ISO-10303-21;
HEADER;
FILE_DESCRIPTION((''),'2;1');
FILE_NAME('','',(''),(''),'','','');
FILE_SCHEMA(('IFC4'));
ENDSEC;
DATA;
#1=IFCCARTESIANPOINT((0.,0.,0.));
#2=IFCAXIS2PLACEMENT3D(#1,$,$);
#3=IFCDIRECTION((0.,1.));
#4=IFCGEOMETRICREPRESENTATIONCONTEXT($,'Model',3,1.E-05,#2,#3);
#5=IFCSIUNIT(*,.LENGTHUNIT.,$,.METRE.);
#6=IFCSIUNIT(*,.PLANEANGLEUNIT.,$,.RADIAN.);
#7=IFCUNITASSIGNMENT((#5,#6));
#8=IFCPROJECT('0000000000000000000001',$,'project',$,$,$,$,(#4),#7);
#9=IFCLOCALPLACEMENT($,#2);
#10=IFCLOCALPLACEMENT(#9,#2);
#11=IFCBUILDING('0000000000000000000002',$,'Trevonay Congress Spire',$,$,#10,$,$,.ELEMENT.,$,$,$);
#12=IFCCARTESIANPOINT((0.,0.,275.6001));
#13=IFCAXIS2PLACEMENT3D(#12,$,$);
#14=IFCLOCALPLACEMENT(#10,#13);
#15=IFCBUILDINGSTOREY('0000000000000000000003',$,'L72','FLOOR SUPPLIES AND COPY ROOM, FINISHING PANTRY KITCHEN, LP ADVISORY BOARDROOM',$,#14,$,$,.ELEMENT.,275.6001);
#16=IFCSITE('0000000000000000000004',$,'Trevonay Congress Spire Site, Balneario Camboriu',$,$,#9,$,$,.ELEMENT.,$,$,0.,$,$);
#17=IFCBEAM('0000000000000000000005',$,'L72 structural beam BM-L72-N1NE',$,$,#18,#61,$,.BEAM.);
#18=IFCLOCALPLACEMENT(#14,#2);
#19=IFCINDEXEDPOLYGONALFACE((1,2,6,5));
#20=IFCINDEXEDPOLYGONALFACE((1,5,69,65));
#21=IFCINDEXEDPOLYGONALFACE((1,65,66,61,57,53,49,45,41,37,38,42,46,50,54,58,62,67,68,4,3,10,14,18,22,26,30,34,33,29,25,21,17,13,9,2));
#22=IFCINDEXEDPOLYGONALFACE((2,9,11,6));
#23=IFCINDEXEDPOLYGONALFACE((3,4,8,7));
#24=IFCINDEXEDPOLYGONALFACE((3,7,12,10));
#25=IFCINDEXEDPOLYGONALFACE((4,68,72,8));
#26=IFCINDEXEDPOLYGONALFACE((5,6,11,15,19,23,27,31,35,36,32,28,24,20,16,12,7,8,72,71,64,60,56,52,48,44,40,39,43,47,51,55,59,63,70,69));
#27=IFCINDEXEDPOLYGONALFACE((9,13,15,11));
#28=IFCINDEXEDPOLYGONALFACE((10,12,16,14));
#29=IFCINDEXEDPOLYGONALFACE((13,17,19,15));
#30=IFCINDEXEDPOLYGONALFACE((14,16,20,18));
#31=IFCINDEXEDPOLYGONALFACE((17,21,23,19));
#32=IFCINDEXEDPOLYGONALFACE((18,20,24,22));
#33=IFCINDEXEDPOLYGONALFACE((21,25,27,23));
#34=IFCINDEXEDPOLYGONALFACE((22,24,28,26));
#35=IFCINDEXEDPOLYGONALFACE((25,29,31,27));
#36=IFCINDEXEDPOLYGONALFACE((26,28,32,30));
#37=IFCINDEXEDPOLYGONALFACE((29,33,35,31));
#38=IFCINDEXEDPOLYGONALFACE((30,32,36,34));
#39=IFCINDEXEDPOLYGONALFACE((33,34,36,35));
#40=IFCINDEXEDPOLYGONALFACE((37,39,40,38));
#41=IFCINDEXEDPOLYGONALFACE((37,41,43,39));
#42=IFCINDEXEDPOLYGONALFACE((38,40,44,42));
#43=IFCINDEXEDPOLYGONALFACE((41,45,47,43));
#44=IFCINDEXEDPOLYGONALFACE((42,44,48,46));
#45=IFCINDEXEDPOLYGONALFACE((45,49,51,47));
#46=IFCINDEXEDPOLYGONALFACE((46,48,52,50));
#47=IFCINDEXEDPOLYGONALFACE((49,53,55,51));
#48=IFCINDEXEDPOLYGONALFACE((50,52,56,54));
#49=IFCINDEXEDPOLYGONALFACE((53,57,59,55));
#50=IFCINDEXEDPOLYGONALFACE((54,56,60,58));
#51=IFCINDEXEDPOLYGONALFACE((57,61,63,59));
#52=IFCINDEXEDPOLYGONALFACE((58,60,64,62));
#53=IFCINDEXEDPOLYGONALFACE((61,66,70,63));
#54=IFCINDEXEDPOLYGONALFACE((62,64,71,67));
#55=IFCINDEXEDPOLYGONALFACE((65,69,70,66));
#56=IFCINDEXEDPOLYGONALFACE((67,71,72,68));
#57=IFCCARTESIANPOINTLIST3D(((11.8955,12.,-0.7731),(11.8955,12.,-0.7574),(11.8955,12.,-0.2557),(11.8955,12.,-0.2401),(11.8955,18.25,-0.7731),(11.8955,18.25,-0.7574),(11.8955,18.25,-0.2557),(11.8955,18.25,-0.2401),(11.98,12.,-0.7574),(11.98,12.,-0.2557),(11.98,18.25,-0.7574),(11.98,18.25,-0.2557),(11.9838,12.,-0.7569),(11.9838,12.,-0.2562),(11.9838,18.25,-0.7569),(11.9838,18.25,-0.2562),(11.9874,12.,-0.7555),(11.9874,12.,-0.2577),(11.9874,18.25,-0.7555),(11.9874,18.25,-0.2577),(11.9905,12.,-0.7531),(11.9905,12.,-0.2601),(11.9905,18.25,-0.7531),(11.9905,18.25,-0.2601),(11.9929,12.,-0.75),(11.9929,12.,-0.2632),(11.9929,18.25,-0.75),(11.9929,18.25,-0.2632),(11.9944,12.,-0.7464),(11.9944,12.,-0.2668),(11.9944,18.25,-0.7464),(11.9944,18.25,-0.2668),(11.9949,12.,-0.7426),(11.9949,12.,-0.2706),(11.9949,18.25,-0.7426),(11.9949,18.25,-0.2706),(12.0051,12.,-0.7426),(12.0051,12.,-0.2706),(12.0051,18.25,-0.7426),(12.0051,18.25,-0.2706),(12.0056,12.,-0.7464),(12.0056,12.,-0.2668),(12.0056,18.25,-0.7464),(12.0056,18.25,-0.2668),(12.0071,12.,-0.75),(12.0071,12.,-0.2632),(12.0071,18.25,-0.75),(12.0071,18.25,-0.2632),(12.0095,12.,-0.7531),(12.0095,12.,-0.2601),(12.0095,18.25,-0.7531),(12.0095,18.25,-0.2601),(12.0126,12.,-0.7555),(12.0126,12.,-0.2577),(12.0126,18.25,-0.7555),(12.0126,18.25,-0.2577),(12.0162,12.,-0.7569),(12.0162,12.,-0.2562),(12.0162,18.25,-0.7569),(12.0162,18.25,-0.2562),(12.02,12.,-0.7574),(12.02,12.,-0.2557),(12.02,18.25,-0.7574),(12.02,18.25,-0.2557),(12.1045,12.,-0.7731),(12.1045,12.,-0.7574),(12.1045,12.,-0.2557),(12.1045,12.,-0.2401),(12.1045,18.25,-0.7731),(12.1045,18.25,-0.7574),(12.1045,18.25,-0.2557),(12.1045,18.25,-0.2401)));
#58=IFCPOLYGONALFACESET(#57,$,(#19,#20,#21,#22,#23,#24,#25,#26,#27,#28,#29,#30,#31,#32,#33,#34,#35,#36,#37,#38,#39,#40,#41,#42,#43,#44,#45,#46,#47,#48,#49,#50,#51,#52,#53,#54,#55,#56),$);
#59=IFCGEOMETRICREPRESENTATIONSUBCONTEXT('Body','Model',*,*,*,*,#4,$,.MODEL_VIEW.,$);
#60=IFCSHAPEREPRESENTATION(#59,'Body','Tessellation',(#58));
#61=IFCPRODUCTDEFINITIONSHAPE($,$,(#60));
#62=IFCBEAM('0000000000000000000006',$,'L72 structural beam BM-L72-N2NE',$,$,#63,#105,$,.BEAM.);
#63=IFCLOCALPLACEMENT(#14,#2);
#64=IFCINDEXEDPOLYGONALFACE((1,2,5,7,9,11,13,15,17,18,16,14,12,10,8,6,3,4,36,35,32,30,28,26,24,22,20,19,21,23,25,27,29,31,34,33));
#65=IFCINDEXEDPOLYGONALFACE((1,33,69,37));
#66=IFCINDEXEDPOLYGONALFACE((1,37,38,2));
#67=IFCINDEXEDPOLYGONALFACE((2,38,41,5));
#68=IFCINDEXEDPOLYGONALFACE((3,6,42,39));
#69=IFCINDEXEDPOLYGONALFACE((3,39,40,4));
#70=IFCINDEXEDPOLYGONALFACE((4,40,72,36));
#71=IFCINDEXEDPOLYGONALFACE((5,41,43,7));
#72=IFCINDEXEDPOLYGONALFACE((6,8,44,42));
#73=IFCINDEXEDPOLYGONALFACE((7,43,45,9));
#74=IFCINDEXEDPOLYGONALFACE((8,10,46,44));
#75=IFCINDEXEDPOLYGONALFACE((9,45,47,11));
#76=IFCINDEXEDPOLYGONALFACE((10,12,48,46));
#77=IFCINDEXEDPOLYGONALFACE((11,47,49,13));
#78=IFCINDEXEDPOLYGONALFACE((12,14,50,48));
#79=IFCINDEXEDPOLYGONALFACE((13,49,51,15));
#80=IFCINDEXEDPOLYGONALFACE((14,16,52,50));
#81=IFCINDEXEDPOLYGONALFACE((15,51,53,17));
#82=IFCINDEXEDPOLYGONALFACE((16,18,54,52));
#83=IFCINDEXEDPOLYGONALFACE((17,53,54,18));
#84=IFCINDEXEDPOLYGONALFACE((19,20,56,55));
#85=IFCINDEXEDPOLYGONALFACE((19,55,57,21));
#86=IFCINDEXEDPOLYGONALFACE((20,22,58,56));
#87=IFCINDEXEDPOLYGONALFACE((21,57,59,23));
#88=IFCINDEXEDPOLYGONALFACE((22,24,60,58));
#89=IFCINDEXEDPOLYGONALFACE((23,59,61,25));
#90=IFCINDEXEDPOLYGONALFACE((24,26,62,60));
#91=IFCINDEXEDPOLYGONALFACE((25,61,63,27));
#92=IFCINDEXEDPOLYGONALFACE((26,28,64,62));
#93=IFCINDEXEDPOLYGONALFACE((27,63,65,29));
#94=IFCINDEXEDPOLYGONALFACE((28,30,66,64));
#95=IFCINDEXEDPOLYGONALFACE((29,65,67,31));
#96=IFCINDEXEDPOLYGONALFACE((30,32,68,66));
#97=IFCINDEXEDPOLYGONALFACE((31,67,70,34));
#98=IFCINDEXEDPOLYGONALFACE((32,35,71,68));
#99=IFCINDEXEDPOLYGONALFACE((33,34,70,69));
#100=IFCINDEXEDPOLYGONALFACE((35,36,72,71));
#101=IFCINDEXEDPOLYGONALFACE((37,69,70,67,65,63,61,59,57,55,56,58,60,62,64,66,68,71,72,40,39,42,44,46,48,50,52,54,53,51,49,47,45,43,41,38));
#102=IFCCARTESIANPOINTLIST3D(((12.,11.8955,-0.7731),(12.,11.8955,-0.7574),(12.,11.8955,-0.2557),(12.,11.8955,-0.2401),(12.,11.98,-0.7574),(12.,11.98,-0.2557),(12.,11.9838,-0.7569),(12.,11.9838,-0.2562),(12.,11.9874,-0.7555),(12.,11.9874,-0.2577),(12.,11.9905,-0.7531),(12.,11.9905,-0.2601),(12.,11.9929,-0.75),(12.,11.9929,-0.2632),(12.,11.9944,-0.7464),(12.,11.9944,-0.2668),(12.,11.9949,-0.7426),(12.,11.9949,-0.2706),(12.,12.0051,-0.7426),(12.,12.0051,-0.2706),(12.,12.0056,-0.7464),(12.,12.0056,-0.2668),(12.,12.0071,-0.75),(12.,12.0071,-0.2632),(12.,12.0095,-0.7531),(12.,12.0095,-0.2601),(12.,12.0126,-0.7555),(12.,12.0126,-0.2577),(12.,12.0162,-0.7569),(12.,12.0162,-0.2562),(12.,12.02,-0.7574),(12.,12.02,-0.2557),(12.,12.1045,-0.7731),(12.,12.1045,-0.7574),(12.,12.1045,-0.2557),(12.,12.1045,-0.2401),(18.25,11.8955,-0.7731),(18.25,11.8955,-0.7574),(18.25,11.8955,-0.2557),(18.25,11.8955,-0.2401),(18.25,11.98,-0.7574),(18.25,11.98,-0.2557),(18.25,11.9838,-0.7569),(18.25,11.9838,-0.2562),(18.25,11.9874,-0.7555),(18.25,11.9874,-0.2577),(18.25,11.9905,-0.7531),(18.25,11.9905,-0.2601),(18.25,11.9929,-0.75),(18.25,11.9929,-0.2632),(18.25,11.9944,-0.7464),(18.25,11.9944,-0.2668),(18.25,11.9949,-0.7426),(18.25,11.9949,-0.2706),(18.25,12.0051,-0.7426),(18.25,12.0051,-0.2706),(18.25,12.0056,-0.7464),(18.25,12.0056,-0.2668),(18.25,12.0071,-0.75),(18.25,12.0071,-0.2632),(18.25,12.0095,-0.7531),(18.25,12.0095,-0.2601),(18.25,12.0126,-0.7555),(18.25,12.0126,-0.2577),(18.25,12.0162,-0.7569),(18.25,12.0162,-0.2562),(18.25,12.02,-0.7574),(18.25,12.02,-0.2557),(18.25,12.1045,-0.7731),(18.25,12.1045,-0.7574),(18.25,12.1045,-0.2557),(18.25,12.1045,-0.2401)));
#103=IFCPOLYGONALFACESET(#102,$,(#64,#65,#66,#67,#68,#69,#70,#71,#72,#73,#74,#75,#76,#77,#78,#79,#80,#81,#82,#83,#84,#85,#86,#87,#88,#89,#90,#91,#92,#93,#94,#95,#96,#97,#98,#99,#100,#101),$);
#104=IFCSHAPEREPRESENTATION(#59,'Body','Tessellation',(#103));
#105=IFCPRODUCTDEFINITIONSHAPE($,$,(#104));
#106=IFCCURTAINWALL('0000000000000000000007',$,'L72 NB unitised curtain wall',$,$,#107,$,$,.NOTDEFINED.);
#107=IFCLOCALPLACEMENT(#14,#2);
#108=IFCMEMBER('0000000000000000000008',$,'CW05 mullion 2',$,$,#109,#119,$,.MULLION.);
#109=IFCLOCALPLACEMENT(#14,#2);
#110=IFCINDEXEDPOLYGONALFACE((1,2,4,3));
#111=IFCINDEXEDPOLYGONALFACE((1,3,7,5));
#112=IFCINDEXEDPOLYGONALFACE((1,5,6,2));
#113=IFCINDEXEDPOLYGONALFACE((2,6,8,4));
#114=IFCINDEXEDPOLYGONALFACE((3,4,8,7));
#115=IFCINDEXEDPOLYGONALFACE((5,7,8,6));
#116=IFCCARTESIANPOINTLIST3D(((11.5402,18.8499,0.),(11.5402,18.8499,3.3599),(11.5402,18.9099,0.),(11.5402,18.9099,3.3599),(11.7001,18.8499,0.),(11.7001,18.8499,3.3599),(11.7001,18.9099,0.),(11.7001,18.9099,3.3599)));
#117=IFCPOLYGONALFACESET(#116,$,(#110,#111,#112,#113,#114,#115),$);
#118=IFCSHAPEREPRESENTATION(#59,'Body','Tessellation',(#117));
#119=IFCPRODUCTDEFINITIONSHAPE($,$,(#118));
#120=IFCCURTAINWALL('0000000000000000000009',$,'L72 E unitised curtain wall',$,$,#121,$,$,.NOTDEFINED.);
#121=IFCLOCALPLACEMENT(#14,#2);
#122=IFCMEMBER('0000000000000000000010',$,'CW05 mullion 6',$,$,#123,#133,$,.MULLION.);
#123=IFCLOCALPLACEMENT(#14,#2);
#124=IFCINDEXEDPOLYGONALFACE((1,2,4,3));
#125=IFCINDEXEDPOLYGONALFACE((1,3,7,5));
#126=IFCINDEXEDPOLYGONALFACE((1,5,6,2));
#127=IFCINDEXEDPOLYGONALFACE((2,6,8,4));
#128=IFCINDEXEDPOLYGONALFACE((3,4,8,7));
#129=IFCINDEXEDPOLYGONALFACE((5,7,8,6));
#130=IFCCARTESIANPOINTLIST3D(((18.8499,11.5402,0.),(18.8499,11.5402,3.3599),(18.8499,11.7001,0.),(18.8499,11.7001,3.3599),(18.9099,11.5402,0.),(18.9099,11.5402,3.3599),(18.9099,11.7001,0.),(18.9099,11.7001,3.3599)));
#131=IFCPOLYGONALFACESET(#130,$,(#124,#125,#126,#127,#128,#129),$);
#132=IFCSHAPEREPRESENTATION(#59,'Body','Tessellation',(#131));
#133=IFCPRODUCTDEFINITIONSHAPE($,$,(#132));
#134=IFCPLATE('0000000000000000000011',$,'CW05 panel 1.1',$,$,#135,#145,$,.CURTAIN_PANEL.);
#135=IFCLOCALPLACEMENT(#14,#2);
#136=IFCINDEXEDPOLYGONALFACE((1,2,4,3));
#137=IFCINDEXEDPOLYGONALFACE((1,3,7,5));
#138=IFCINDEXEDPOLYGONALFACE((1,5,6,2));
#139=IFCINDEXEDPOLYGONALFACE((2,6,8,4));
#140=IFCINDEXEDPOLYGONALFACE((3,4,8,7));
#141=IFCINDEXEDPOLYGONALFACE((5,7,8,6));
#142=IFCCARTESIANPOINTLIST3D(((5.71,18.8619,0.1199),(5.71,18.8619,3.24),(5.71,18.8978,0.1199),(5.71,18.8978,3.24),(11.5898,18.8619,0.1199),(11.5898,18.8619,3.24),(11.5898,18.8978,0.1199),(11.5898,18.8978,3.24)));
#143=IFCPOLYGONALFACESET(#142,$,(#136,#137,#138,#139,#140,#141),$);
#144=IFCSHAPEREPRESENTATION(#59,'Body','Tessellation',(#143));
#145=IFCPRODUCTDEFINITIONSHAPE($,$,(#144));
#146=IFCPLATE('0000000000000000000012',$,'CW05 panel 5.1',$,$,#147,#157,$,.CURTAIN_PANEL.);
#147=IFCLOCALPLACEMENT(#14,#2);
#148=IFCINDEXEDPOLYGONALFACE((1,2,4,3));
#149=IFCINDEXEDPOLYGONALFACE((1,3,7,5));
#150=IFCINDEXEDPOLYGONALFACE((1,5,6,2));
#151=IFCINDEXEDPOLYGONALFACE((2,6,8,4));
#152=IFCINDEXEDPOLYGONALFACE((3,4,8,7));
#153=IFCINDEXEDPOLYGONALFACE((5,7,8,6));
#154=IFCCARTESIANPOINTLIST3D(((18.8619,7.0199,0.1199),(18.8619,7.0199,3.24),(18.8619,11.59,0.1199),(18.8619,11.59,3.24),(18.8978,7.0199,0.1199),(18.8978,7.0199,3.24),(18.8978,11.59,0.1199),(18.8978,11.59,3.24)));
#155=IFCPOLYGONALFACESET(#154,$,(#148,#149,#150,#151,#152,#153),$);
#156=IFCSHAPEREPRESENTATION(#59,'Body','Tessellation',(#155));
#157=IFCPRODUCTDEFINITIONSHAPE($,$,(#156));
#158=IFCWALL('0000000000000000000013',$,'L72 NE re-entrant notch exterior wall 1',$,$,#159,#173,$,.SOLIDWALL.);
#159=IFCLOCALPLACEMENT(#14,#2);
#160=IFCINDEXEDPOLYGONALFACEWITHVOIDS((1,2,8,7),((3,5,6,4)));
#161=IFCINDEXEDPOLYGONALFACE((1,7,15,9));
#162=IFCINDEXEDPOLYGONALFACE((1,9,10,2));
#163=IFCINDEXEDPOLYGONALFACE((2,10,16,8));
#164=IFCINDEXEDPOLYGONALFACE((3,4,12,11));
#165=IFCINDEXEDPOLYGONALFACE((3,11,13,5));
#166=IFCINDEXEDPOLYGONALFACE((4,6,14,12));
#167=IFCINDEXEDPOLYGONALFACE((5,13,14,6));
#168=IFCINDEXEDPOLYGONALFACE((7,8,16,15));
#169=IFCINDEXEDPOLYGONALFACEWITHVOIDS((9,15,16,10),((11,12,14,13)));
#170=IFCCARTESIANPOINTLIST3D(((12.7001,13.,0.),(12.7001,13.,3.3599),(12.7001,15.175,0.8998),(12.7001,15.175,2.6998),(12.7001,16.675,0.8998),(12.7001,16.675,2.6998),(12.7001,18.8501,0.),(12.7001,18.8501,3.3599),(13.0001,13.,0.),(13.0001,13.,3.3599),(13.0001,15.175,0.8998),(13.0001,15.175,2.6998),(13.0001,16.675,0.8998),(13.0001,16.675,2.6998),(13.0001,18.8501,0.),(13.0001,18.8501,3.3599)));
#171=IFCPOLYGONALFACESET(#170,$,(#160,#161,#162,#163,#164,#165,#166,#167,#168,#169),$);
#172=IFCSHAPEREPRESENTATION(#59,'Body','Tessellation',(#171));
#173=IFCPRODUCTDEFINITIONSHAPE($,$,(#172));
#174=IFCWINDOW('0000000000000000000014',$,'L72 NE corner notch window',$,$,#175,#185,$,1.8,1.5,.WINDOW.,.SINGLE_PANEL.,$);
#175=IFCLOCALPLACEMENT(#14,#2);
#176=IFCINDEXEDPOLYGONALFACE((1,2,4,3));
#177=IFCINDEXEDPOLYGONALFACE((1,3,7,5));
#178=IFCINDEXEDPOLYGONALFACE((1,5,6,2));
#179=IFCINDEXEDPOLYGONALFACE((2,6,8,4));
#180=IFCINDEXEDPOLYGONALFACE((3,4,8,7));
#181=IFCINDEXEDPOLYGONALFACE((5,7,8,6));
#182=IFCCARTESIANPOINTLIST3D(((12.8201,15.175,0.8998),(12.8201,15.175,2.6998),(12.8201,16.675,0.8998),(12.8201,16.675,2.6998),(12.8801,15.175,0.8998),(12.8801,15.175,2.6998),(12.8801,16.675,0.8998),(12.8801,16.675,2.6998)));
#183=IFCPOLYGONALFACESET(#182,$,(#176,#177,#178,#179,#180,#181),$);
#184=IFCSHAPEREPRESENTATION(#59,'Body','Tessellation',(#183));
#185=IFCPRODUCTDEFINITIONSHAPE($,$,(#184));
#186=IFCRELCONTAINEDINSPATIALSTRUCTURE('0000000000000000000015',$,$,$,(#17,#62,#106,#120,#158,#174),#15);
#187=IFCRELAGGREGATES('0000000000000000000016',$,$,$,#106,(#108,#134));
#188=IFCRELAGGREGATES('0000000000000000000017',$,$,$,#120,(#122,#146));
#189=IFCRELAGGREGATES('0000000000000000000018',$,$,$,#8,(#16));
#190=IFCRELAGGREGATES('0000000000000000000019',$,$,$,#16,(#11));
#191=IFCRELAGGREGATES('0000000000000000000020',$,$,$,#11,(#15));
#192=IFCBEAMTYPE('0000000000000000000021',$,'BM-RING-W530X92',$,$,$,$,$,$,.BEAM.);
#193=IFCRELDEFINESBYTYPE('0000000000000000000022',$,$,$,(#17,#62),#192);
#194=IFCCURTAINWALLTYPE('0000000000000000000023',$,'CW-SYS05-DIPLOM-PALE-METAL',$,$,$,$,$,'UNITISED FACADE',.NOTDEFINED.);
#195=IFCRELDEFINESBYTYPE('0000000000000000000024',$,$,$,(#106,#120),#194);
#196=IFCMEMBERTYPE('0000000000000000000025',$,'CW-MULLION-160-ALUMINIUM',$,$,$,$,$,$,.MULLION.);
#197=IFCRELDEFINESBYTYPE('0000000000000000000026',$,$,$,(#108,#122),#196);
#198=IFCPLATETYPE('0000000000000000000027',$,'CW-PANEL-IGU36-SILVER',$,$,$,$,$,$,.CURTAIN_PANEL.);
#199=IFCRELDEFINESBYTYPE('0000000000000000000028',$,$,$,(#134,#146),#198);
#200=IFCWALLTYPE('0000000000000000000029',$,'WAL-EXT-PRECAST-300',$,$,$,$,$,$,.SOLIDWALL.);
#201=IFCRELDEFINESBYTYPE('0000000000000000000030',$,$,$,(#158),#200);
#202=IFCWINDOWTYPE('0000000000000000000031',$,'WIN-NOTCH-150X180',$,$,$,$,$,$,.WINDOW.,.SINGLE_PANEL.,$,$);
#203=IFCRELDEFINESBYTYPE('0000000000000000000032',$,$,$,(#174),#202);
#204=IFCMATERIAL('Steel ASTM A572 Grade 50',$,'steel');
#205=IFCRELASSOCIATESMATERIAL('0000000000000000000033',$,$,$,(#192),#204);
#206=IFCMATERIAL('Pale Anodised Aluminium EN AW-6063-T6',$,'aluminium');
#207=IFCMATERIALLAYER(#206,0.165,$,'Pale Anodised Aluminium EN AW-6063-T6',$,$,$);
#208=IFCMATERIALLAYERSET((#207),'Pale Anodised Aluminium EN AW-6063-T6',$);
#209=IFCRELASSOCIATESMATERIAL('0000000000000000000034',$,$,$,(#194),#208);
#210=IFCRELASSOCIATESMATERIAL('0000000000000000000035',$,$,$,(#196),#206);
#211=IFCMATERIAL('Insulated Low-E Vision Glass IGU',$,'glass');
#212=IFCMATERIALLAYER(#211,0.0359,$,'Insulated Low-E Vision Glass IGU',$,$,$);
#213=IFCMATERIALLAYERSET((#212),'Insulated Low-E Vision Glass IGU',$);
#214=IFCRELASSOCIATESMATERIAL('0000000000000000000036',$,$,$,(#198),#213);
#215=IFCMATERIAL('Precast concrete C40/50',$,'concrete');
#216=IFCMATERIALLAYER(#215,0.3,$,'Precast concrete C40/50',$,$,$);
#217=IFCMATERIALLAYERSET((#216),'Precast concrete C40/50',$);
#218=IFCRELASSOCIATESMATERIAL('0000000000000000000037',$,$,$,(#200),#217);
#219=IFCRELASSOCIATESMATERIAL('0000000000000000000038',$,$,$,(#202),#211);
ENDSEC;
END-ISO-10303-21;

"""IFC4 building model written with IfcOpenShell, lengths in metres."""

from ifc_helpers import new_model, si_unit, direction, frame, frame_2d, origin, origin_2d, place, context, subcontext, project, spatial, rectangle, i_section, extrude, material, layer, layer_set, material_profile, profile_set, type_object, element, fill, aggregate, save


model = new_model("IFC4")

# Units and contexts
model_context = context("Model", 3, precision=1e-05, world=origin(), true_north=direction((0.0, 1.0)))
body_context = subcontext(model_context, "Body", "Model", "MODEL_VIEW")
ifc_project = project(units=[si_unit("LENGTHUNIT", "METRE"), si_unit("PLANEANGLEUNIT", "RADIAN")], contexts=[model_context])

# Site, building, storey
site_placement = place(None, origin())
site = spatial("IfcSite", under=ifc_project, at=site_placement, Name="Trevonay Congress Spire Site, Balneario Camboriu", CompositionType="ELEMENT", RefElevation=0.0)
building_placement = place(site_placement, origin())
building = spatial("IfcBuilding", under=site, at=building_placement, Name="Trevonay Congress Spire", CompositionType="ELEMENT")
storey_placement = place(building_placement, frame((0.0, 0.0, 275.6001)))
storey = spatial("IfcBuildingStorey", under=building, at=storey_placement, Name="L72", Description="FLOOR SUPPLIES AND COPY ROOM, FINISHING PANTRY KITCHEN, LP ADVISORY BOARDROOM", CompositionType="ELEMENT", Elevation=275.6001)

# Shared definitions
ifc_material_1 = material(Name="Steel ASTM A572 Grade 50", Category="steel")

# Beams
ifc_material_profile_1 = material_profile(ifc_material_1, i_section(OverallWidth=0.209, OverallDepth=0.533, WebThickness=0.0103, FlangeThickness=0.0156, FilletRadius=0.0149, at=origin_2d()), Name="W530x92")
ifc_profile_set_1 = profile_set([ifc_material_profile_1], Name="Steel ASTM A572 Grade 50")
beam_type_1 = type_object("IfcBeamType", Name="BM-RING-W530X92", PredefinedType="BEAM", material=ifc_profile_set_1)
for number, where, z_axis, x_axis, name in (
    (1, (12.0, 18.25, -0.5066), (0.0, -1.0, 0.0), (1.0, 0.0, 0.0), "L72 structural beam BM-L72-N1NE"),
    (2, (18.25, 12.0, -0.5066), (-1.0, 0.0, 0.0), (0.0, -1.0, 0.0), "L72 structural beam BM-L72-N2NE"),
):
    element("IfcBeam", number, at=place(storey_placement, frame(where, z_axis=z_axis, x_axis=x_axis)), inside=storey, type_object=beam_type_1, Name=name, PredefinedType="BEAM", context=body_context, shape_type="SweptSolid", body=[
        extrude(i_section(OverallWidth=0.209, OverallDepth=0.533, WebThickness=0.0103, FlangeThickness=0.0156, FilletRadius=0.0149, at=origin_2d()), origin(), (0.0, 0.0, 1.0), 6.25),
    ])

# Curtain walls, members
ifc_material_2 = material(Name="Pale Anodised Aluminium EN AW-6063-T6", Category="aluminium")
ifc_layer_1 = layer(ifc_material_2, 0.165, Name="Pale Anodised Aluminium EN AW-6063-T6")
ifc_layer_set_1 = layer_set([ifc_layer_1], Name="Pale Anodised Aluminium EN AW-6063-T6")
curtain_wall_type = type_object("IfcCurtainWallType", Name="CW-SYS05-DIPLOM-PALE-METAL", ElementType="UNITISED FACADE", PredefinedType="NOTDEFINED", material=ifc_layer_set_1)
curtain_wall_1_placement = place(storey_placement, origin())
curtain_wall_1 = element("IfcCurtainWall", 3, at=curtain_wall_1_placement, inside=storey, type_object=curtain_wall_type, Name="L72 NB unitised curtain wall", PredefinedType="NOTDEFINED")
ifc_material_profile_2 = material_profile(ifc_material_2, rectangle(XDim=0.0601, YDim=0.1599, at=origin_2d()), Name="CW-MULLION-160-ALUMINIUM")
ifc_profile_set_2 = profile_set([ifc_material_profile_2], Name="Pale Anodised Aluminium EN AW-6063-T6")
member_type = type_object("IfcMemberType", Name="CW-MULLION-160-ALUMINIUM", PredefinedType="MULLION", material=ifc_profile_set_2)
member_1_placement = place(storey_placement, frame((11.6201, 18.8799, 0.0), z_axis=(0.0, 0.0, 1.0), x_axis=(0.0, 1.0, 0.0)))
member_1 = element("IfcMember", 4, at=member_1_placement, type_object=member_type, Name="CW05 mullion 2", PredefinedType="MULLION", context=body_context, shape_type="SweptSolid", body=[
    extrude(rectangle(XDim=0.0601, YDim=0.1599, at=origin_2d()), origin(), (0.0, 0.0, 1.0), 3.3599),
])
curtain_wall_2_placement = place(storey_placement, origin())
curtain_wall_2 = element("IfcCurtainWall", 5, at=curtain_wall_2_placement, inside=storey, type_object=curtain_wall_type, Name="L72 E unitised curtain wall", PredefinedType="NOTDEFINED")
member_2_placement = place(storey_placement, frame((18.8799, 11.6201, 0.0), z_axis=(0.0, 0.0, 1.0), x_axis=(-1.0, 0.0, 0.0)))
member_2 = element("IfcMember", 6, at=member_2_placement, type_object=member_type, Name="CW05 mullion 6", PredefinedType="MULLION", context=body_context, shape_type="SweptSolid", body=[
    extrude(rectangle(XDim=0.0601, YDim=0.1599, at=origin_2d()), origin(), (0.0, 0.0, 1.0), 3.3599),
])

# Plates
ifc_material_3 = material(Name="Insulated Low-E Vision Glass IGU", Category="glass")
ifc_layer_2 = layer(ifc_material_3, 0.0359, Name="Insulated Low-E Vision Glass IGU")
ifc_layer_set_2 = layer_set([ifc_layer_2], Name="Insulated Low-E Vision Glass IGU")
plate_type = type_object("IfcPlateType", Name="CW-PANEL-IGU36-SILVER", PredefinedType="CURTAIN_PANEL", material=ifc_layer_set_2)
plate_1_placement = place(storey_placement, frame((8.6499, 18.8799, 0.1199), z_axis=(0.0, 0.0, 1.0), x_axis=(1.0, 0.0, 0.0)))
plate_1 = element("IfcPlate", 7, at=plate_1_placement, type_object=plate_type, Name="CW05 panel 1.1", PredefinedType="CURTAIN_PANEL", context=body_context, shape_type="SweptSolid", body=[
    extrude(rectangle(XDim=5.8799, YDim=0.0359, at=origin_2d()), origin(), (0.0, 0.0, 1.0), 3.1201),
])
aggregate(curtain_wall_1, [member_1, plate_1])
plate_2_placement = place(storey_placement, frame((18.8799, 9.3049, 0.1199), z_axis=(0.0, 0.0, 1.0), x_axis=(0.0, 1.0, 0.0)))
plate_2 = element("IfcPlate", 8, at=plate_2_placement, type_object=plate_type, Name="CW05 panel 5.1", PredefinedType="CURTAIN_PANEL", context=body_context, shape_type="SweptSolid", body=[
    extrude(rectangle(XDim=4.5701, YDim=0.0359, at=origin_2d()), origin(), (0.0, 0.0, 1.0), 3.1201),
])
aggregate(curtain_wall_2, [member_2, plate_2])

# Wall, opening, window
ifc_material_4 = material(Name="Precast concrete C40/50", Category="concrete")
ifc_layer_3 = layer(ifc_material_4, 0.3, Name="Precast concrete C40/50")
ifc_layer_set_3 = layer_set([ifc_layer_3], Name="Precast concrete C40/50")
wall_type_1 = type_object("IfcWallType", Name="WAL-EXT-PRECAST-300", PredefinedType="SOLIDWALL", material=ifc_layer_set_3)
wall_1_placement = place(storey_placement, frame((12.8501, 18.8501, 0.0), z_axis=(0.0, 0.0, 1.0), x_axis=(0.0, -1.0, 0.0)))
wall_1 = element("IfcWall", 9, at=wall_1_placement, inside=storey, type_object=wall_type_1, Name="L72 NE re-entrant notch exterior wall 1", PredefinedType="SOLIDWALL", context=body_context, shape_type="SweptSolid", body=[
    extrude(rectangle(XDim=5.8501, YDim=0.3, at=frame_2d((2.925, 0.0))), origin(), (0.0, 0.0, 1.0), 3.3599),
])
opening_placement = place(wall_1_placement, frame((2.175, 0.0, 0.8999)))
opening = element("IfcOpeningElement", 10, at=opening_placement, cuts=wall_1, PredefinedType="OPENING", context=body_context, shape_type="SweptSolid", body=[
    extrude(rectangle(XDim=1.5, YDim=1.8, at=frame_2d((0.75, 0.8999))), frame((0.0, 0.1602, 0.0), z_axis=(0.0, -1.0, 0.0), x_axis=(1.0, 0.0, 0.0)), (0.0, 0.0, 1.0), 0.3201),
])
window_type = type_object("IfcWindowType", Name="WIN-NOTCH-150X180", PartitioningType="SINGLE_PANEL", PredefinedType="WINDOW", material=ifc_material_3)
window_placement = place(opening_placement, origin())
window = element("IfcWindow", 11, at=window_placement, inside=storey, type_object=window_type, Name="L72 NE corner notch window", OverallHeight=1.8, OverallWidth=1.5, PartitioningType="SINGLE_PANEL", PredefinedType="WINDOW", context=body_context, shape_type="SweptSolid", body=[
    extrude(rectangle(XDim=1.5, YDim=1.8, at=frame_2d((0.75, 0.8999))), frame((0.0, 0.03, 0.0), z_axis=(0.0, -1.0, 0.0), x_axis=(1.0, 0.0, 0.0)), (0.0, 0.0, 1.0), 0.0601),
])
fill(opening, window)

save(model, "model.ifc")
